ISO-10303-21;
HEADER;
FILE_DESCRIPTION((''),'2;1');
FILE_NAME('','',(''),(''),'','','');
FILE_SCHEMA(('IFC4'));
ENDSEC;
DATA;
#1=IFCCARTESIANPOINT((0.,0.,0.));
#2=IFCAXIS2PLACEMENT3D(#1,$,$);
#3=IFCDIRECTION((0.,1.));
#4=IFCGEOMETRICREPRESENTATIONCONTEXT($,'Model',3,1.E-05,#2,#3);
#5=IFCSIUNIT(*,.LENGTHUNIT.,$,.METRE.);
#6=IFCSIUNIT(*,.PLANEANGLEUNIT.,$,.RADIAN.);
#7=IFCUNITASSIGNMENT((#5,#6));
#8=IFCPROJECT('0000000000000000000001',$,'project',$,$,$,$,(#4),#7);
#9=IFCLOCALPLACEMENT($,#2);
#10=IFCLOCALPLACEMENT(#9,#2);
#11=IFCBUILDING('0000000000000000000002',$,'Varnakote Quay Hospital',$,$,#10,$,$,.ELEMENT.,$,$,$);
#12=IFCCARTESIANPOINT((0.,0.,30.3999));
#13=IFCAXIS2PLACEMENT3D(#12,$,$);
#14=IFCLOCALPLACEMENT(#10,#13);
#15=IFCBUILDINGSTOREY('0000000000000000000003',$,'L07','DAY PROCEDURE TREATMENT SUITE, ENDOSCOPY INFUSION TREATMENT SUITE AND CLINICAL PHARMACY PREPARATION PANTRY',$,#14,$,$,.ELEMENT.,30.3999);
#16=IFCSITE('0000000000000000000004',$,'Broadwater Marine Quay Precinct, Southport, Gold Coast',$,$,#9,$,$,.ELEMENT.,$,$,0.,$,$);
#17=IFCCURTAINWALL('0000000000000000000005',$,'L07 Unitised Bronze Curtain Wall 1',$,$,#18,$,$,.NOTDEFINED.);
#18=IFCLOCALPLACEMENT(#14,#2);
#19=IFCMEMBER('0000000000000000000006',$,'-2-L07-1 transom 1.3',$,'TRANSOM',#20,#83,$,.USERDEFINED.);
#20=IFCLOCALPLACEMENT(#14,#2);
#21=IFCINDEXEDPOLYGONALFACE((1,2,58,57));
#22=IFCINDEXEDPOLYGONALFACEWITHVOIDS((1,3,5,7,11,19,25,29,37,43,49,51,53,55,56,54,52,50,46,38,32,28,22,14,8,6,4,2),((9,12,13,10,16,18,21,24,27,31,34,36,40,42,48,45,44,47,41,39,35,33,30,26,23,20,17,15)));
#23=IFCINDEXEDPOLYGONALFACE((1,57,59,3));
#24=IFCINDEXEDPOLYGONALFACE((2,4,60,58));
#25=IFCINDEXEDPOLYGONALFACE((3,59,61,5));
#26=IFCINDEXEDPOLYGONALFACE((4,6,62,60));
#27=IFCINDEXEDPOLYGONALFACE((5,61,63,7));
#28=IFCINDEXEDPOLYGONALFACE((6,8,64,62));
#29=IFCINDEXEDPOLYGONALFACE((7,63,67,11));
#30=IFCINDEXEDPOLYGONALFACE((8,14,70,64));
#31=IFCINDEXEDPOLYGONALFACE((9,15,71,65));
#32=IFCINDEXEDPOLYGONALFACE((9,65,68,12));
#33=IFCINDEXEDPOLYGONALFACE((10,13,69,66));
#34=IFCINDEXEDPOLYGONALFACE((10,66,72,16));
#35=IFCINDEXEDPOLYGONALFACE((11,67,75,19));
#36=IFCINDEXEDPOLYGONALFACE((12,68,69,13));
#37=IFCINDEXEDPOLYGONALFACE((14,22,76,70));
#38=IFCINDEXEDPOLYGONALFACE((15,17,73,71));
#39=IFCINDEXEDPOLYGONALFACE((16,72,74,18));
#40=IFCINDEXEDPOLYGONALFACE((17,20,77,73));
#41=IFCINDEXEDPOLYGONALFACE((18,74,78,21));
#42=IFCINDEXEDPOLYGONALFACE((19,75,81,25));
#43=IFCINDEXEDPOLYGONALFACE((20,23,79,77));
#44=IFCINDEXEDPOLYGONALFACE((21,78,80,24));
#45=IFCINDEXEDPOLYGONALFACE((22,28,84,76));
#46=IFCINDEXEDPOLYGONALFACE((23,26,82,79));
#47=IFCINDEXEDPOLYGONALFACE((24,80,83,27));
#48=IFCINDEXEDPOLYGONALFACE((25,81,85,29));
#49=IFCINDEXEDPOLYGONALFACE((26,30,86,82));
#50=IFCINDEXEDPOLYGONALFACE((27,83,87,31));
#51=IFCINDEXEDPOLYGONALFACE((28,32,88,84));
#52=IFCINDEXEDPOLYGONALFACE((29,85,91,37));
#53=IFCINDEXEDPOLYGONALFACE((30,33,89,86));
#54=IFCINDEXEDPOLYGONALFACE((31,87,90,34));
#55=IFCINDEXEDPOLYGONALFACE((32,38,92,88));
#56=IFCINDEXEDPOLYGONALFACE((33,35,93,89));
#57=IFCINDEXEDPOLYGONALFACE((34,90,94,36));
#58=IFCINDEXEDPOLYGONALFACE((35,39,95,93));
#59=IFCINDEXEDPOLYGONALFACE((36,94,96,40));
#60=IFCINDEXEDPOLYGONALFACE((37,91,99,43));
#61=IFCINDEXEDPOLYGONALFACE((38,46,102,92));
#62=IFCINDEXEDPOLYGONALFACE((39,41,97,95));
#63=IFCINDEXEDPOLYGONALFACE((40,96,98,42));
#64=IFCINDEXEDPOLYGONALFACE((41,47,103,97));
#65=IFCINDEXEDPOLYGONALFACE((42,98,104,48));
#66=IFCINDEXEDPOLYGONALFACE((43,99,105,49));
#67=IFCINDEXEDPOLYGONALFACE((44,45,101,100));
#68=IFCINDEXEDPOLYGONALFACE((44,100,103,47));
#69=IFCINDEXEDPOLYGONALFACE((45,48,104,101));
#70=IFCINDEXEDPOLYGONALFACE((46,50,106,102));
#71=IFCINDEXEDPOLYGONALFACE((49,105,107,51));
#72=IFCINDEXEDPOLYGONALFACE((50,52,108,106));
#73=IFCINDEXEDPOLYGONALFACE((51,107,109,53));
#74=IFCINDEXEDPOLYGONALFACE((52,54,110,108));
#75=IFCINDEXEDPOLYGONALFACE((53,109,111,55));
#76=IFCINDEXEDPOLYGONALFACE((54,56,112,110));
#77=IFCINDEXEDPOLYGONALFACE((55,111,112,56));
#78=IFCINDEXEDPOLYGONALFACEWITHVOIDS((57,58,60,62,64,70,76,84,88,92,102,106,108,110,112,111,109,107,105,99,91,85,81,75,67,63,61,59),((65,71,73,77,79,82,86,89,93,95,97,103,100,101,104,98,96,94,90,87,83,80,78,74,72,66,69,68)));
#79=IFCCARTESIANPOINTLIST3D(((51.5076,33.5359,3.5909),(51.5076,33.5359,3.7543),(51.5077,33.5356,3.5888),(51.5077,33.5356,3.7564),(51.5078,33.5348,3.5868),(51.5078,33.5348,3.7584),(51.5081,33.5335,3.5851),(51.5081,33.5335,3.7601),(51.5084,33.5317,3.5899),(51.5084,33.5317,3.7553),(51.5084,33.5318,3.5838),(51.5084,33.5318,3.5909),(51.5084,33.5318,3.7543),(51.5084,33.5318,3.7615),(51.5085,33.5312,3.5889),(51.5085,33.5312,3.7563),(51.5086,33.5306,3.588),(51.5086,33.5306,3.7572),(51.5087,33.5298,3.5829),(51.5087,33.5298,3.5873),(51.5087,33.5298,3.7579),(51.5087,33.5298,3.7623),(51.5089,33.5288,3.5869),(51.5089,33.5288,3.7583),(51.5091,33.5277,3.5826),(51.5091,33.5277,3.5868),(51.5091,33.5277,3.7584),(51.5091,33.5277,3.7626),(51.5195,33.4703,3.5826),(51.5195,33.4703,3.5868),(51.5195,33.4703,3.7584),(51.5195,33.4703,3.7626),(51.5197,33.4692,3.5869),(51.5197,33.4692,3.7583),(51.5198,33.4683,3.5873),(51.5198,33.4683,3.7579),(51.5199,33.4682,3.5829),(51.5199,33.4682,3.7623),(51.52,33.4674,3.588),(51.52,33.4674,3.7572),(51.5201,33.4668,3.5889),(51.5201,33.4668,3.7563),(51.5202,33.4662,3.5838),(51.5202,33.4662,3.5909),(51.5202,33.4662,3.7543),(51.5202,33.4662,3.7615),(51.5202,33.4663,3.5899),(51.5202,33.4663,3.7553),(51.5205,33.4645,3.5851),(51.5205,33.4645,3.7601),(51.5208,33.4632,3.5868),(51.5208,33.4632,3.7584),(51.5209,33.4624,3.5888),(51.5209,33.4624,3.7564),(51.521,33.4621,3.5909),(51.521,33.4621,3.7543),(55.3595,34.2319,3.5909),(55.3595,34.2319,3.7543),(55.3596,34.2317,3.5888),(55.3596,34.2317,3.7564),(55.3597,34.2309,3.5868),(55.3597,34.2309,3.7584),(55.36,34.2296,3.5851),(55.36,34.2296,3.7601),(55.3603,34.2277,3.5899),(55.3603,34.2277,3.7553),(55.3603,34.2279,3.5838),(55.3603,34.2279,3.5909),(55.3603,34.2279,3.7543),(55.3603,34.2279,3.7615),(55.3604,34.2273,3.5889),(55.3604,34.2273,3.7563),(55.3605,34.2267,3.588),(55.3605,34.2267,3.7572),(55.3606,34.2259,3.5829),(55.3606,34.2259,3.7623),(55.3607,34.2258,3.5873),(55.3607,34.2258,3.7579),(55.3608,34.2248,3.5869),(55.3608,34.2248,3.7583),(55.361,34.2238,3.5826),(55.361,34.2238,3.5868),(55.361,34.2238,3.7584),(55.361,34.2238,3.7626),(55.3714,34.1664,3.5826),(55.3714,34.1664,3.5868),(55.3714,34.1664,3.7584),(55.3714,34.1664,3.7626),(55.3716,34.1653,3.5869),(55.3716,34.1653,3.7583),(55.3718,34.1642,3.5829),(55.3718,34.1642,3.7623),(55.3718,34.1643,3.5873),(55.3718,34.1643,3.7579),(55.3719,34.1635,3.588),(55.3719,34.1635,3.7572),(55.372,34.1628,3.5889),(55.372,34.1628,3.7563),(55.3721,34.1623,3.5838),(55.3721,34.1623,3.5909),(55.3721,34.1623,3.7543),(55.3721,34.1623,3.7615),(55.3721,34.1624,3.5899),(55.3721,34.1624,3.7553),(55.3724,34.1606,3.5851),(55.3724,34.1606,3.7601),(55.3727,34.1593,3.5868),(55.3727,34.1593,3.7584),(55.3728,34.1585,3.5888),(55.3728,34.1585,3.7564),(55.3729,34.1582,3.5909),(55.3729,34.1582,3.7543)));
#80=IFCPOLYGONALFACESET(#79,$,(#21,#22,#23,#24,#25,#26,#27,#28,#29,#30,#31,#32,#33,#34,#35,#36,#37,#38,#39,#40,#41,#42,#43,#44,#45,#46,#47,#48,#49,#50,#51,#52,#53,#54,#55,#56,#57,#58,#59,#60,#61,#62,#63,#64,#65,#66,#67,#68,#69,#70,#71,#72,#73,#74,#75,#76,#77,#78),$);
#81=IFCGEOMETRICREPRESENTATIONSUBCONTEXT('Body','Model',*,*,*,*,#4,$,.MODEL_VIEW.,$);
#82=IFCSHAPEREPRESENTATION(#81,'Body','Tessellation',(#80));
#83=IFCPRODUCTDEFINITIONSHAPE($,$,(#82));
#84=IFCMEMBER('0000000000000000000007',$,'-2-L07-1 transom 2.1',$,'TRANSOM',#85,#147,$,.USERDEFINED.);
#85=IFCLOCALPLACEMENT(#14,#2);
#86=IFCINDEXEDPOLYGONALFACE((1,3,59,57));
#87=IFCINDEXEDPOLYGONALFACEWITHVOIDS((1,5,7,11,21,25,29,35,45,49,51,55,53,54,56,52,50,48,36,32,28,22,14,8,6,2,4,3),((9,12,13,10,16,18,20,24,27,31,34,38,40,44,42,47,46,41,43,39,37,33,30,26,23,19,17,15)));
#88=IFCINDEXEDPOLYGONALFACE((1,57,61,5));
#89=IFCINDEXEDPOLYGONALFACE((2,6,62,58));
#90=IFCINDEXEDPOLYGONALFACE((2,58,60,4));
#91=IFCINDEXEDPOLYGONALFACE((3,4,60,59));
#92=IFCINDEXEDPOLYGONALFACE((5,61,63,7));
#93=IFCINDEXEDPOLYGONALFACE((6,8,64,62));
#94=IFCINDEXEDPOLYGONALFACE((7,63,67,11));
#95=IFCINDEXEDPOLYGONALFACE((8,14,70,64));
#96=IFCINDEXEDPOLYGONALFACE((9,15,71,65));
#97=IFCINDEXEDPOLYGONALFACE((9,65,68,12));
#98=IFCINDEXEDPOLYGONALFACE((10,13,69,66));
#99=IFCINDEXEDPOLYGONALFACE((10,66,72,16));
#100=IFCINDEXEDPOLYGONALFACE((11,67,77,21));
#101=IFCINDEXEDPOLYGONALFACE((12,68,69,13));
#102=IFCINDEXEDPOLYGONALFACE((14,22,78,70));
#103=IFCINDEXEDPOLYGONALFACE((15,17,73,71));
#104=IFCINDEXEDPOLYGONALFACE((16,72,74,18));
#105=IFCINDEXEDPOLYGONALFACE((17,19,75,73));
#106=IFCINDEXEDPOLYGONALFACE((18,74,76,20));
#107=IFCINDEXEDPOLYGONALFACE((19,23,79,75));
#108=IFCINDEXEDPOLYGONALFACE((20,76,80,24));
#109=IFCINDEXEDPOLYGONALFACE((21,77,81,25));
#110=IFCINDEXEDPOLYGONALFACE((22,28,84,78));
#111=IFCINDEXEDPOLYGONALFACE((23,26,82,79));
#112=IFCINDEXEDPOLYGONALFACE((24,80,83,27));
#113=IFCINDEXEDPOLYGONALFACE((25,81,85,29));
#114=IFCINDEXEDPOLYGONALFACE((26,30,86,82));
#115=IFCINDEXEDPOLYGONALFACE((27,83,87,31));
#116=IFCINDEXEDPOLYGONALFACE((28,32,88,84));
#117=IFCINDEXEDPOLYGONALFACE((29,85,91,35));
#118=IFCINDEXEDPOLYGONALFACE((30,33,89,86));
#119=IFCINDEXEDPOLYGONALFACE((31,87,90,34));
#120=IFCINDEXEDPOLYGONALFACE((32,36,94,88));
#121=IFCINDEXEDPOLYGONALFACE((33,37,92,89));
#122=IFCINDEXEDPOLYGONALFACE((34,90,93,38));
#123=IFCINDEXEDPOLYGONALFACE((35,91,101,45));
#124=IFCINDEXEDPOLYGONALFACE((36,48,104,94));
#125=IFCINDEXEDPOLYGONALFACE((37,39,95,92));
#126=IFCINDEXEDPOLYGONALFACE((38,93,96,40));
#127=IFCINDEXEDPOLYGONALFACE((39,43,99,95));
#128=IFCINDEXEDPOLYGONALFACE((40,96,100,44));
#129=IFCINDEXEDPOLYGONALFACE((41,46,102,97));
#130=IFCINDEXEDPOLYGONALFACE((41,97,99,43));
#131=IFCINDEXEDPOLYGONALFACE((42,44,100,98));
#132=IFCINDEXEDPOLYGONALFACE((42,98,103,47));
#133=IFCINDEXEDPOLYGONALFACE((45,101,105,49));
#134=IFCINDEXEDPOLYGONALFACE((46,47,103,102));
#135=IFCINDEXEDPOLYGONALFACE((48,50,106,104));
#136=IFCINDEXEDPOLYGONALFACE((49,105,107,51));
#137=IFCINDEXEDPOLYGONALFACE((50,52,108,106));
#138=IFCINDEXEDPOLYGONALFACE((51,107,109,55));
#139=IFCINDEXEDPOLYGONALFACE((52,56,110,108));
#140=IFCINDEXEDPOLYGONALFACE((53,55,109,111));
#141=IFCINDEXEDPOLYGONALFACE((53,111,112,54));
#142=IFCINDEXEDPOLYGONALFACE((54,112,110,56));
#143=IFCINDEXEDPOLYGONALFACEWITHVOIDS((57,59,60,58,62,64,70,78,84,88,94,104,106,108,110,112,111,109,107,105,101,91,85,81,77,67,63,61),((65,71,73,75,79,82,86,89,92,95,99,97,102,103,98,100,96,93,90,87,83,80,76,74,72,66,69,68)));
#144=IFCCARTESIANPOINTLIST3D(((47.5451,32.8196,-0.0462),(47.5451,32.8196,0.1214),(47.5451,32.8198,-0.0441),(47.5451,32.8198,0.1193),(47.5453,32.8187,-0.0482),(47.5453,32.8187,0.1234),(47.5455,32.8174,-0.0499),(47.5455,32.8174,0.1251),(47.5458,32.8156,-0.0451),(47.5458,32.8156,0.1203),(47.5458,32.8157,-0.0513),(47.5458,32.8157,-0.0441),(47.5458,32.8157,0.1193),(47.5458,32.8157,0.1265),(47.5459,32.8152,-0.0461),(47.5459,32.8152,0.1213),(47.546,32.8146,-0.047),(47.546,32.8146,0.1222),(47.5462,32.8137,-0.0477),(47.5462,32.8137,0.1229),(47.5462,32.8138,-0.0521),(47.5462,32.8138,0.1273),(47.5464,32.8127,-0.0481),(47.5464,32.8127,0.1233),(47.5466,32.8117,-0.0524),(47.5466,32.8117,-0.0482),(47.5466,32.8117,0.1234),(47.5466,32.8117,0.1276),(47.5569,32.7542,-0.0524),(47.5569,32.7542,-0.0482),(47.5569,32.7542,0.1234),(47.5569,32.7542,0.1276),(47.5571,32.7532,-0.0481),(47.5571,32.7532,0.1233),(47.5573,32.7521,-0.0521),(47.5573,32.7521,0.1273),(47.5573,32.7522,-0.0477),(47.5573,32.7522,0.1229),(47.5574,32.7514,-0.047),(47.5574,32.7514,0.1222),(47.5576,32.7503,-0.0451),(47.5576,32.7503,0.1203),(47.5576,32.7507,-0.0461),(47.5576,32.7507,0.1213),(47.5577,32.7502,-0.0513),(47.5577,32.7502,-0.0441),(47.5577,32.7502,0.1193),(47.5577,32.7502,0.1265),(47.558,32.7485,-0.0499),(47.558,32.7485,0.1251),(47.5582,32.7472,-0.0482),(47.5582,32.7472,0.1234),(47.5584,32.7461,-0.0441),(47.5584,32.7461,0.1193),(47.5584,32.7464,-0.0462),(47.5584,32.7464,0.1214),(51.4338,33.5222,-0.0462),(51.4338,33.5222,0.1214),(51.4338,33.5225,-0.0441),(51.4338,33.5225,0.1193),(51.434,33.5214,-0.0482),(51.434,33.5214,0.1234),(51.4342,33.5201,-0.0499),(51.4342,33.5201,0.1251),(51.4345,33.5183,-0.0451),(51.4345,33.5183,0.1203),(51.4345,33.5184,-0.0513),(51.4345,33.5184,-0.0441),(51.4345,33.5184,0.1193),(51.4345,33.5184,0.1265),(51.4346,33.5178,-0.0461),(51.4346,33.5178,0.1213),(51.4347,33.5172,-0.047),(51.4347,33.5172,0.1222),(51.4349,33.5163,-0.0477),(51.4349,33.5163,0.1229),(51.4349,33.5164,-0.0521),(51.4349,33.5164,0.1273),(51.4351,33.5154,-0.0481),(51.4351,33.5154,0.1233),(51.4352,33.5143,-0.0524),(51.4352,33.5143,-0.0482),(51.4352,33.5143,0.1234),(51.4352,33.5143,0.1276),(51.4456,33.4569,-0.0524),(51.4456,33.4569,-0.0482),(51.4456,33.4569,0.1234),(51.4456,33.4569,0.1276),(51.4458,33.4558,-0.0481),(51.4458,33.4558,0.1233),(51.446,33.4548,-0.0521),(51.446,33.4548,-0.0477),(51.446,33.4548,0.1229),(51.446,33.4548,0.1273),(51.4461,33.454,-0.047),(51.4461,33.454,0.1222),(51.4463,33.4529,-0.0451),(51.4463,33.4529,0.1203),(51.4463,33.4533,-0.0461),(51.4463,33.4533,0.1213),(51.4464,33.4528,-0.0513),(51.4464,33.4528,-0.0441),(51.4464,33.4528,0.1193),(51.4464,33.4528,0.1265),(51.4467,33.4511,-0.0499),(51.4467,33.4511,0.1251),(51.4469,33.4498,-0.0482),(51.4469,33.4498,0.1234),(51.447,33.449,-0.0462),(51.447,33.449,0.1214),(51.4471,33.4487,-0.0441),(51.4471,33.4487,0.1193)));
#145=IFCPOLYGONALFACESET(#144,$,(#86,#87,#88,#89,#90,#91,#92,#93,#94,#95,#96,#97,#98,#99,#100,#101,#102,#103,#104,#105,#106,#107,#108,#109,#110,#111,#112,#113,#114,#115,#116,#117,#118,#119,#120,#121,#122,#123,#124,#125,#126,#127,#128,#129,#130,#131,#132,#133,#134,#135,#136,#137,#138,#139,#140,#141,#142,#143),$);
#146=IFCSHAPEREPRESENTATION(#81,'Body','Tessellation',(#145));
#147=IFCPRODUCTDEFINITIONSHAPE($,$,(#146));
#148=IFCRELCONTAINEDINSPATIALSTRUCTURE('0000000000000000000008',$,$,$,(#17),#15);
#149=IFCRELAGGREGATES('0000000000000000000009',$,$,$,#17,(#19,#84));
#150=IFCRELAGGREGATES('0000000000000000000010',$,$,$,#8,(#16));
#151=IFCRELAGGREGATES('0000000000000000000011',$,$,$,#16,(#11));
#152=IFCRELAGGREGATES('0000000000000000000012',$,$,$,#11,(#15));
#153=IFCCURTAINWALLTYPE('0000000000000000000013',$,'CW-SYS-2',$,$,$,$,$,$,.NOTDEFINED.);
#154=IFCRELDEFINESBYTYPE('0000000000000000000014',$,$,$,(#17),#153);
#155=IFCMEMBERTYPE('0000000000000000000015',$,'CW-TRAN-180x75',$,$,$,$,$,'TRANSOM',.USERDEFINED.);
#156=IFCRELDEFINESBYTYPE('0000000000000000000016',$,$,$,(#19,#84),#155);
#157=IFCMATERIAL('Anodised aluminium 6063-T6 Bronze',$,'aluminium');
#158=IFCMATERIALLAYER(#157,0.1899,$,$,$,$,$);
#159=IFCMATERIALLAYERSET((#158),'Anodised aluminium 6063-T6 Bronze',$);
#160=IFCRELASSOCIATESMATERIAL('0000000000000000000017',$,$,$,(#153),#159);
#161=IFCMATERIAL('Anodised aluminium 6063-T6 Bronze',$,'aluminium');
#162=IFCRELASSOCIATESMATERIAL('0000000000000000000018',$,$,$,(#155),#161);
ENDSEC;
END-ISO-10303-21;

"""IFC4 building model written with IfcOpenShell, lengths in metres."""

from ifc_helpers import new_model, si_unit, direction, frame, origin, origin_2d, place, context, subcontext, project, spatial, hollow_rectangle, extrude, material, layer, layer_set, material_profile, profile_set, type_object, element, aggregate, save


model = new_model("IFC4")

# Units and contexts
model_context = context("Model", 3, precision=1e-05, world=origin(), true_north=direction((0.0, 1.0)))
body_context = subcontext(model_context, "Body", "Model", "MODEL_VIEW")
ifc_project = project(units=[si_unit("LENGTHUNIT", "METRE"), si_unit("PLANEANGLEUNIT", "RADIAN")], contexts=[model_context])

# Site, building, storey
site_placement = place(None, origin())
site = spatial("IfcSite", under=ifc_project, at=site_placement, Name="Broadwater Marine Quay Precinct, Southport, Gold Coast", CompositionType="ELEMENT", RefElevation=0.0)
building_placement = place(site_placement, origin())
building = spatial("IfcBuilding", under=site, at=building_placement, Name="Varnakote Quay Hospital", CompositionType="ELEMENT")
storey_placement = place(building_placement, frame((0.0, 0.0, 30.3999)))
storey = spatial("IfcBuildingStorey", under=building, at=storey_placement, Name="L07", Description="DAY PROCEDURE TREATMENT SUITE, ENDOSCOPY INFUSION TREATMENT SUITE AND CLINICAL PHARMACY PREPARATION PANTRY", CompositionType="ELEMENT", Elevation=30.3999)

# Curtain wall, members
ifc_material_1 = material(Name="Anodised aluminium 6063-T6 Bronze", Category="aluminium")
ifc_layer_1 = layer(ifc_material_1, 0.1899)
ifc_layer_set_1 = layer_set([ifc_layer_1], Name="Anodised aluminium 6063-T6 Bronze")
curtain_wall_type = type_object("IfcCurtainWallType", Name="CW-SYS-2", PredefinedType="NOTDEFINED", material=ifc_layer_set_1)
curtain_wall_placement = place(storey_placement, origin())
curtain_wall = element("IfcCurtainWall", 1, at=curtain_wall_placement, inside=storey, type_object=curtain_wall_type, Name="L07 Unitised Bronze Curtain Wall 1", PredefinedType="NOTDEFINED")
ifc_material_2 = material(Name="Anodised aluminium 6063-T6 Bronze", Category="aluminium")
ifc_material_profile_1 = material_profile(ifc_material_2, hollow_rectangle(XDim=0.075, YDim=0.1799, WallThickness=0.0042, InnerFilletRadius=0.0042, OuterFilletRadius=0.0083, at=origin_2d()), Name="CW-TRAN-180x75")
ifc_profile_set_1 = profile_set([ifc_material_profile_1], Name="Anodised aluminium 6063-T6 Bronze")
member_type_1 = type_object("IfcMemberType", Name="CW-TRAN-180x75", ElementType="TRANSOM", PredefinedType="USERDEFINED", material=ifc_profile_set_1)
member_1_placement = place(storey_placement, frame((55.3662, 34.1951, 3.6726), z_axis=(-0.984062, -0.177826, 0.0), x_axis=(0.177826, -0.984062, 0.0)))
member_1 = element("IfcMember", 2, at=member_1_placement, type_object=member_type_1, Name="-2-L07-1 transom 1.3", ObjectType="TRANSOM", PredefinedType="USERDEFINED", context=body_context, shape_type="SweptSolid", body=[
    extrude(hollow_rectangle(XDim=0.075, YDim=0.1799, WallThickness=0.0042, InnerFilletRadius=0.0042, OuterFilletRadius=0.0083, at=origin_2d()), origin(), (0.0, 0.0, 1.0), 3.9143),
])
member_2_placement = place(storey_placement, frame((51.4404, 33.4856, 0.0376), z_axis=(-0.984065, -0.177809, 0.0), x_axis=(0.177809, -0.984065, 0.0)))
member_2 = element("IfcMember", 3, at=member_2_placement, type_object=member_type_1, Name="-2-L07-1 transom 2.1", ObjectType="TRANSOM", PredefinedType="USERDEFINED", context=body_context, shape_type="SweptSolid", body=[
    extrude(hollow_rectangle(XDim=0.075, YDim=0.1799, WallThickness=0.0042, InnerFilletRadius=0.0042, OuterFilletRadius=0.0083, at=origin_2d()), origin(), (0.0, 0.0, 1.0), 3.9517),
])
aggregate(curtain_wall, [member_1, member_2])

save(model, "model.ifc")
